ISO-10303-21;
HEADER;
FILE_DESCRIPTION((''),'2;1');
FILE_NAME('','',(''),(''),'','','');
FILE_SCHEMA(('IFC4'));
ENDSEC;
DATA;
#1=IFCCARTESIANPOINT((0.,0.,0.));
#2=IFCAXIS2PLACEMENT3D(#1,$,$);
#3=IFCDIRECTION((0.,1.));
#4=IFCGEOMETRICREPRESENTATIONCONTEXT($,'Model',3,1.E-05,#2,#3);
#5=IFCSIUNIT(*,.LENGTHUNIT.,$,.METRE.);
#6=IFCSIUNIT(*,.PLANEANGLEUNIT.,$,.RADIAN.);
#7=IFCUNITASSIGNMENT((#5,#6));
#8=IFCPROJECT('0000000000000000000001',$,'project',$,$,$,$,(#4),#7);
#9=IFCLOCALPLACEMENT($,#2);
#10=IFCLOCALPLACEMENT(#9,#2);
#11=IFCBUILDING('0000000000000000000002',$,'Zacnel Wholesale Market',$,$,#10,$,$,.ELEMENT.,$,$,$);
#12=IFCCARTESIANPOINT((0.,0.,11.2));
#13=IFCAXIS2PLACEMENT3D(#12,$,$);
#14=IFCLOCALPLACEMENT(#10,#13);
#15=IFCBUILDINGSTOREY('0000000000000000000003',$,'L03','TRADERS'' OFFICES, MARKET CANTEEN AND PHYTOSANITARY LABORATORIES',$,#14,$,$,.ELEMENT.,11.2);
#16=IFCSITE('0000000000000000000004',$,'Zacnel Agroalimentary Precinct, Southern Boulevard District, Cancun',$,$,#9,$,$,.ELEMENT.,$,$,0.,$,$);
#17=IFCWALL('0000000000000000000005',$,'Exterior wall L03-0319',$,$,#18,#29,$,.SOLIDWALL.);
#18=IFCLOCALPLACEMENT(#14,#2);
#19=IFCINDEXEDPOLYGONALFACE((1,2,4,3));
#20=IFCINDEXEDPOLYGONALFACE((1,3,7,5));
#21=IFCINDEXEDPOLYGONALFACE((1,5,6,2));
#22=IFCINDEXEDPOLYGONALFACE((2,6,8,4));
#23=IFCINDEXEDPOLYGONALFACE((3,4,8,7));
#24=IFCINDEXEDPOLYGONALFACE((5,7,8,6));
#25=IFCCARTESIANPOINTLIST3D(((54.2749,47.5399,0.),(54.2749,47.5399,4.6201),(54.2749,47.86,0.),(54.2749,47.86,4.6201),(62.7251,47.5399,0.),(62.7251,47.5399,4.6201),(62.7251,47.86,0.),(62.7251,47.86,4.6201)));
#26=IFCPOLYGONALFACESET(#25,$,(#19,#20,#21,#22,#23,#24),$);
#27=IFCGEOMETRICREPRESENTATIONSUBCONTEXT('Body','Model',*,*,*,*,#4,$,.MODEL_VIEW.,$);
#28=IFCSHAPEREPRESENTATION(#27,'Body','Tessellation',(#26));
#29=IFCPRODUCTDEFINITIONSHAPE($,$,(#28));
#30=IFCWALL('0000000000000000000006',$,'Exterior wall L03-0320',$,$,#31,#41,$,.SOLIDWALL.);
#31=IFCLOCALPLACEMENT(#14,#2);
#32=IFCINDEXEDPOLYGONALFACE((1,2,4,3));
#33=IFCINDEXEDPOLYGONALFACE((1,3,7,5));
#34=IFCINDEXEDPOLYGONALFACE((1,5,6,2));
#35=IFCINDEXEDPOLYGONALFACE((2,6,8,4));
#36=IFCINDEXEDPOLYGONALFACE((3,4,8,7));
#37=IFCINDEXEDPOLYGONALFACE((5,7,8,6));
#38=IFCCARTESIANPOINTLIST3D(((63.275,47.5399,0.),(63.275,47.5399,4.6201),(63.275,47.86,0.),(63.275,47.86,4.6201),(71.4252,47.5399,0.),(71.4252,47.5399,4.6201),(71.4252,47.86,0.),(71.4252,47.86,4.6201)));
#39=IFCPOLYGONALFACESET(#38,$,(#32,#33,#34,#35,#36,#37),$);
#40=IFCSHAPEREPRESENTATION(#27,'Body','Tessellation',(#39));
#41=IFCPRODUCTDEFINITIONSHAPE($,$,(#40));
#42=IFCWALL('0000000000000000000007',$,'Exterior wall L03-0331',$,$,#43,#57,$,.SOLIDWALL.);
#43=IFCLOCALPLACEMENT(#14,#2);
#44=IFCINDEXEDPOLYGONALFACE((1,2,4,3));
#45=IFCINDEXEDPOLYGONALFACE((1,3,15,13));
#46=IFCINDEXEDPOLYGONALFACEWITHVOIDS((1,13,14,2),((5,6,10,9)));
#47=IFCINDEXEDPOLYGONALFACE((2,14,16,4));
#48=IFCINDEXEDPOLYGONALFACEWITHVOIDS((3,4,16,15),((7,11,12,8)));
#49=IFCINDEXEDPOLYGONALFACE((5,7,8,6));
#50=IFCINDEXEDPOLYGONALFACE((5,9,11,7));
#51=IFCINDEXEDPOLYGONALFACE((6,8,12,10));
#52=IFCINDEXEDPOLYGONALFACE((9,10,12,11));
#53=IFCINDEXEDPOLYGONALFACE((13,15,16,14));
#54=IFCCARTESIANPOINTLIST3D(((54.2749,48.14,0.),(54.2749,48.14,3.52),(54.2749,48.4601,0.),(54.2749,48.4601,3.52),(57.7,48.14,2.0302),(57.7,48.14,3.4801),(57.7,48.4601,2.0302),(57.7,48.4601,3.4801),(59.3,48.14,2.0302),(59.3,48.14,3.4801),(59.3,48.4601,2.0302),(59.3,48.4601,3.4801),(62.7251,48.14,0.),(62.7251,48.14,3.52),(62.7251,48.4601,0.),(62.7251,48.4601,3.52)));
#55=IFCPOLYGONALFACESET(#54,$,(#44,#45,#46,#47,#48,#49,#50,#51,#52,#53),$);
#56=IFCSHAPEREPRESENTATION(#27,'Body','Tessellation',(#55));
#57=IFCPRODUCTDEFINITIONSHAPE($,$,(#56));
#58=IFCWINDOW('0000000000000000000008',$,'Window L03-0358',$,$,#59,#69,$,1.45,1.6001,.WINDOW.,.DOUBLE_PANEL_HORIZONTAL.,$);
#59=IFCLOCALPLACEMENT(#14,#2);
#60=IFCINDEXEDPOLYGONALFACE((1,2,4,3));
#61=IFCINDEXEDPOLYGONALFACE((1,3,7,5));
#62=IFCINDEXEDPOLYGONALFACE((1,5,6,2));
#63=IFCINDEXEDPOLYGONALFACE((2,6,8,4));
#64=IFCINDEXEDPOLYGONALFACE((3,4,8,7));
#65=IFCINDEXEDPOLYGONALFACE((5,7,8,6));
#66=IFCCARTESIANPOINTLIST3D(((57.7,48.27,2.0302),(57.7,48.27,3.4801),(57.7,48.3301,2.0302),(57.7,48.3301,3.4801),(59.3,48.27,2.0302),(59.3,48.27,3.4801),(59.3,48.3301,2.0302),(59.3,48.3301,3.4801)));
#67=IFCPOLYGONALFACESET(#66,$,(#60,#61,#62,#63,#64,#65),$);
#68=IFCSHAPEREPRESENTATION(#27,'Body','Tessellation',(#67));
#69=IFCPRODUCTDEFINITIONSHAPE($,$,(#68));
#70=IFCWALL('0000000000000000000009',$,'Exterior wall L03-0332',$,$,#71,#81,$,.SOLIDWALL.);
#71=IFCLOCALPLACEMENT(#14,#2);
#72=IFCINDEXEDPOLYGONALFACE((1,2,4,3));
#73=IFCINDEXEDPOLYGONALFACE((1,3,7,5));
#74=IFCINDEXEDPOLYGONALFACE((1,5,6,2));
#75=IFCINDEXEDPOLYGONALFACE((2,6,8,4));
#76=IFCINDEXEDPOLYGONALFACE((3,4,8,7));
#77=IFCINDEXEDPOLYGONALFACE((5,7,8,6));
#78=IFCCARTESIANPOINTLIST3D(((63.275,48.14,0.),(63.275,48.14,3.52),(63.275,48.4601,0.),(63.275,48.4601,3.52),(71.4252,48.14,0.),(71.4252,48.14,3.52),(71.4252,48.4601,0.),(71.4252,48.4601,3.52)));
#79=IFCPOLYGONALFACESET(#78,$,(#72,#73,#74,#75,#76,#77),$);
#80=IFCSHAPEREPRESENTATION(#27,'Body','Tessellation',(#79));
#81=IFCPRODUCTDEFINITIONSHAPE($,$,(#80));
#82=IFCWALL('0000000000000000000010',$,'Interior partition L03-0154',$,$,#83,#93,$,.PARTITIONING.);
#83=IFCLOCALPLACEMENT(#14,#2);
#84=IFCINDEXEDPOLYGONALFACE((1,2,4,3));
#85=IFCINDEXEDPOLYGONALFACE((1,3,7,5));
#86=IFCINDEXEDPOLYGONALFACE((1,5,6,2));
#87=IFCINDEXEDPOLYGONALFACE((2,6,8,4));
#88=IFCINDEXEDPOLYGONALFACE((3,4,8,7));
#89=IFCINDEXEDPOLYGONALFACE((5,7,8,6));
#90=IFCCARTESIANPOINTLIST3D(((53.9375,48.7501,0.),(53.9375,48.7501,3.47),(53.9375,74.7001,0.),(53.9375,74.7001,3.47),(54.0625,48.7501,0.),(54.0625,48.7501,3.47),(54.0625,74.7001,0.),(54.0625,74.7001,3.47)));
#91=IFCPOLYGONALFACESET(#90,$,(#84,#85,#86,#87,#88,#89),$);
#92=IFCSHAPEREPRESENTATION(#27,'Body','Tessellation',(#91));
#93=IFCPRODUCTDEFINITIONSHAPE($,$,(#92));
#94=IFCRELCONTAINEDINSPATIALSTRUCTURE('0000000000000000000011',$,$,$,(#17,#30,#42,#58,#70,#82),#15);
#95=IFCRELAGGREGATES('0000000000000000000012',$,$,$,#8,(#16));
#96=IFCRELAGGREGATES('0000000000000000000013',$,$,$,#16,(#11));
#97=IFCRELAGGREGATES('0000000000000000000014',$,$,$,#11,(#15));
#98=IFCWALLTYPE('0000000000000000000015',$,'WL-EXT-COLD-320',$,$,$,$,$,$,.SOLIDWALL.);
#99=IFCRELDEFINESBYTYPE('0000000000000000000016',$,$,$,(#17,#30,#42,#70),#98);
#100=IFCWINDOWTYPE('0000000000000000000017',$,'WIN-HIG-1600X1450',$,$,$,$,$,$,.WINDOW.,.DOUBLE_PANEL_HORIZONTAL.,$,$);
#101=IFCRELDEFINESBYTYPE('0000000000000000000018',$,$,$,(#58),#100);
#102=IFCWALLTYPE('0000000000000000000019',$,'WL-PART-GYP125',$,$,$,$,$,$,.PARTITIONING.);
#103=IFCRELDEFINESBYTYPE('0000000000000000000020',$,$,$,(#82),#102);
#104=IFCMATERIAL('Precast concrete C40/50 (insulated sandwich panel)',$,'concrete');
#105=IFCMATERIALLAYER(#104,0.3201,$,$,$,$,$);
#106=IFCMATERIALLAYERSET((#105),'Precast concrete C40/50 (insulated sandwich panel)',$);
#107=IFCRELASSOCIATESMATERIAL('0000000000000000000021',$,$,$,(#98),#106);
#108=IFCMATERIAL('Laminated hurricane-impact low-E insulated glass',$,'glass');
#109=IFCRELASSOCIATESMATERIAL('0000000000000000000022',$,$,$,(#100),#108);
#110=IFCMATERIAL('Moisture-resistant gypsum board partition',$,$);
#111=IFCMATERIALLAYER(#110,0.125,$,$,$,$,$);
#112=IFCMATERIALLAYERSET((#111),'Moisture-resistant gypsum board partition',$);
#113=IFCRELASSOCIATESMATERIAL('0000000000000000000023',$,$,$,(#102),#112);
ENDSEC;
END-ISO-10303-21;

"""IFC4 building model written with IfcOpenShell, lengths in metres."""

from ifc_helpers import new_model, si_unit, direction, frame, frame_2d, origin, place, context, subcontext, project, spatial, rectangle, extrude, material, layer, layer_set, type_object, element, fill, save


model = new_model("IFC4")

# Units and contexts
model_context = context("Model", 3, precision=1e-05, world=origin(), true_north=direction((0.0, 1.0)))
body_context = subcontext(model_context, "Body", "Model", "MODEL_VIEW")
ifc_project = project(units=[si_unit("LENGTHUNIT", "METRE"), si_unit("PLANEANGLEUNIT", "RADIAN")], contexts=[model_context])

# Site, building, storey
site_placement = place(None, origin())
site = spatial("IfcSite", under=ifc_project, at=site_placement, Name="Zacnel Agroalimentary Precinct, Southern Boulevard District, Cancun", CompositionType="ELEMENT", RefElevation=0.0)
building_placement = place(site_placement, origin())
building = spatial("IfcBuilding", under=site, at=building_placement, Name="Zacnel Wholesale Market", CompositionType="ELEMENT")
storey_placement = place(building_placement, frame((0.0, 0.0, 11.2)))
storey = spatial("IfcBuildingStorey", under=building, at=storey_placement, Name="L03", Description="TRADERS' OFFICES, MARKET CANTEEN AND PHYTOSANITARY LABORATORIES", CompositionType="ELEMENT", Elevation=11.2)

# Walls
ifc_material_1 = material(Name="Precast concrete C40/50 (insulated sandwich panel)", Category="concrete")
ifc_layer_1 = layer(ifc_material_1, 0.3201)
ifc_layer_set_1 = layer_set([ifc_layer_1], Name="Precast concrete C40/50 (insulated sandwich panel)")
wall_type_1 = type_object("IfcWallType", Name="WL-EXT-COLD-320", PredefinedType="SOLIDWALL", material=ifc_layer_set_1)
wall_1_placement = place(storey_placement, frame((54.2749, 47.7, 0.0), z_axis=(0.0, 0.0, 1.0), x_axis=(1.0, 0.0, 0.0)))
element("IfcWall", 1, at=wall_1_placement, inside=storey, type_object=wall_type_1, Name="Exterior wall L03-0319", PredefinedType="SOLIDWALL", context=body_context, shape_type="SweptSolid", body=[
    extrude(rectangle(XDim=8.4502, YDim=0.3201, at=frame_2d((4.2251, 0.0))), origin(), (0.0, 0.0, 1.0), 4.6201),
])
wall_2_placement = place(storey_placement, frame((63.2749, 47.7, 0.0), z_axis=(0.0, 0.0, 1.0), x_axis=(1.0, 0.0, 0.0)))
element("IfcWall", 2, at=wall_2_placement, inside=storey, type_object=wall_type_1, Name="Exterior wall L03-0320", PredefinedType="SOLIDWALL", context=body_context, shape_type="SweptSolid", body=[
    extrude(rectangle(XDim=8.1501, YDim=0.3201, at=frame_2d((4.0752, 0.0))), origin(), (0.0, 0.0, 1.0), 4.6201),
])

# Wall, opening, window
wall_3_placement = place(storey_placement, frame((54.2749, 48.3, 0.0), z_axis=(0.0, 0.0, 1.0), x_axis=(1.0, 0.0, 0.0)))
wall_3 = element("IfcWall", 3, at=wall_3_placement, inside=storey, type_object=wall_type_1, Name="Exterior wall L03-0331", PredefinedType="SOLIDWALL", context=body_context, shape_type="SweptSolid", body=[
    extrude(rectangle(XDim=8.4502, YDim=0.3201, at=frame_2d((4.2251, 0.0))), origin(), (0.0, 0.0, 1.0), 3.52),
])
opening_placement = place(wall_3_placement, frame((3.425, 0.0, 2.03)))
opening = element("IfcOpeningElement", 4, at=opening_placement, cuts=wall_3, PredefinedType="OPENING", context=body_context, shape_type="SweptSolid", body=[
    extrude(rectangle(XDim=1.6001, YDim=1.45, at=frame_2d((0.8, 0.7251))), frame((0.0, 0.1699, 0.0), z_axis=(0.0, -1.0, 0.0), x_axis=(1.0, 0.0, 0.0)), (0.0, 0.0, 1.0), 0.3401),
])
ifc_material_2 = material(Name="Laminated hurricane-impact low-E insulated glass", Category="glass")
window_type = type_object("IfcWindowType", Name="WIN-HIG-1600X1450", PartitioningType="DOUBLE_PANEL_HORIZONTAL", PredefinedType="WINDOW", material=ifc_material_2)
window_placement = place(opening_placement, origin())
window = element("IfcWindow", 5, at=window_placement, inside=storey, type_object=window_type, Name="Window L03-0358", OverallHeight=1.45, OverallWidth=1.6001, PartitioningType="DOUBLE_PANEL_HORIZONTAL", PredefinedType="WINDOW", context=body_context, shape_type="SweptSolid", body=[
    extrude(rectangle(XDim=1.6001, YDim=1.45, at=frame_2d((0.8, 0.7251))), frame((0.0, 0.03, 0.0), z_axis=(0.0, -1.0, 0.0), x_axis=(1.0, 0.0, 0.0)), (0.0, 0.0, 1.0), 0.0601),
])
fill(opening, window)

# Walls
wall_4_placement = place(storey_placement, frame((63.2749, 48.3, 0.0), z_axis=(0.0, 0.0, 1.0), x_axis=(1.0, 0.0, 0.0)))
element("IfcWall", 6, at=wall_4_placement, inside=storey, type_object=wall_type_1, Name="Exterior wall L03-0332", PredefinedType="SOLIDWALL", context=body_context, shape_type="SweptSolid", body=[
    extrude(rectangle(XDim=8.1501, YDim=0.3201, at=frame_2d((4.0752, 0.0))), origin(), (0.0, 0.0, 1.0), 3.52),
])
ifc_material_3 = material(Name="Moisture-resistant gypsum board partition")
ifc_layer_2 = layer(ifc_material_3, 0.125)
ifc_layer_set_2 = layer_set([ifc_layer_2], Name="Moisture-resistant gypsum board partition")
wall_type_2 = type_object("IfcWallType", Name="WL-PART-GYP125", PredefinedType="PARTITIONING", material=ifc_layer_set_2)
wall_5_placement = place(storey_placement, frame((54.0, 48.75, 0.0), z_axis=(0.0, 0.0, 1.0), x_axis=(0.0, 1.0, 0.0)))
element("IfcWall", 7, at=wall_5_placement, inside=storey, type_object=wall_type_2, Name="Interior partition L03-0154", PredefinedType="PARTITIONING", context=body_context, shape_type="SweptSolid", body=[
    extrude(rectangle(XDim=25.95, YDim=0.125, at=frame_2d((12.9751, 0.0))), origin(), (0.0, 0.0, 1.0), 3.47),
])

save(model, "model.ifc")
